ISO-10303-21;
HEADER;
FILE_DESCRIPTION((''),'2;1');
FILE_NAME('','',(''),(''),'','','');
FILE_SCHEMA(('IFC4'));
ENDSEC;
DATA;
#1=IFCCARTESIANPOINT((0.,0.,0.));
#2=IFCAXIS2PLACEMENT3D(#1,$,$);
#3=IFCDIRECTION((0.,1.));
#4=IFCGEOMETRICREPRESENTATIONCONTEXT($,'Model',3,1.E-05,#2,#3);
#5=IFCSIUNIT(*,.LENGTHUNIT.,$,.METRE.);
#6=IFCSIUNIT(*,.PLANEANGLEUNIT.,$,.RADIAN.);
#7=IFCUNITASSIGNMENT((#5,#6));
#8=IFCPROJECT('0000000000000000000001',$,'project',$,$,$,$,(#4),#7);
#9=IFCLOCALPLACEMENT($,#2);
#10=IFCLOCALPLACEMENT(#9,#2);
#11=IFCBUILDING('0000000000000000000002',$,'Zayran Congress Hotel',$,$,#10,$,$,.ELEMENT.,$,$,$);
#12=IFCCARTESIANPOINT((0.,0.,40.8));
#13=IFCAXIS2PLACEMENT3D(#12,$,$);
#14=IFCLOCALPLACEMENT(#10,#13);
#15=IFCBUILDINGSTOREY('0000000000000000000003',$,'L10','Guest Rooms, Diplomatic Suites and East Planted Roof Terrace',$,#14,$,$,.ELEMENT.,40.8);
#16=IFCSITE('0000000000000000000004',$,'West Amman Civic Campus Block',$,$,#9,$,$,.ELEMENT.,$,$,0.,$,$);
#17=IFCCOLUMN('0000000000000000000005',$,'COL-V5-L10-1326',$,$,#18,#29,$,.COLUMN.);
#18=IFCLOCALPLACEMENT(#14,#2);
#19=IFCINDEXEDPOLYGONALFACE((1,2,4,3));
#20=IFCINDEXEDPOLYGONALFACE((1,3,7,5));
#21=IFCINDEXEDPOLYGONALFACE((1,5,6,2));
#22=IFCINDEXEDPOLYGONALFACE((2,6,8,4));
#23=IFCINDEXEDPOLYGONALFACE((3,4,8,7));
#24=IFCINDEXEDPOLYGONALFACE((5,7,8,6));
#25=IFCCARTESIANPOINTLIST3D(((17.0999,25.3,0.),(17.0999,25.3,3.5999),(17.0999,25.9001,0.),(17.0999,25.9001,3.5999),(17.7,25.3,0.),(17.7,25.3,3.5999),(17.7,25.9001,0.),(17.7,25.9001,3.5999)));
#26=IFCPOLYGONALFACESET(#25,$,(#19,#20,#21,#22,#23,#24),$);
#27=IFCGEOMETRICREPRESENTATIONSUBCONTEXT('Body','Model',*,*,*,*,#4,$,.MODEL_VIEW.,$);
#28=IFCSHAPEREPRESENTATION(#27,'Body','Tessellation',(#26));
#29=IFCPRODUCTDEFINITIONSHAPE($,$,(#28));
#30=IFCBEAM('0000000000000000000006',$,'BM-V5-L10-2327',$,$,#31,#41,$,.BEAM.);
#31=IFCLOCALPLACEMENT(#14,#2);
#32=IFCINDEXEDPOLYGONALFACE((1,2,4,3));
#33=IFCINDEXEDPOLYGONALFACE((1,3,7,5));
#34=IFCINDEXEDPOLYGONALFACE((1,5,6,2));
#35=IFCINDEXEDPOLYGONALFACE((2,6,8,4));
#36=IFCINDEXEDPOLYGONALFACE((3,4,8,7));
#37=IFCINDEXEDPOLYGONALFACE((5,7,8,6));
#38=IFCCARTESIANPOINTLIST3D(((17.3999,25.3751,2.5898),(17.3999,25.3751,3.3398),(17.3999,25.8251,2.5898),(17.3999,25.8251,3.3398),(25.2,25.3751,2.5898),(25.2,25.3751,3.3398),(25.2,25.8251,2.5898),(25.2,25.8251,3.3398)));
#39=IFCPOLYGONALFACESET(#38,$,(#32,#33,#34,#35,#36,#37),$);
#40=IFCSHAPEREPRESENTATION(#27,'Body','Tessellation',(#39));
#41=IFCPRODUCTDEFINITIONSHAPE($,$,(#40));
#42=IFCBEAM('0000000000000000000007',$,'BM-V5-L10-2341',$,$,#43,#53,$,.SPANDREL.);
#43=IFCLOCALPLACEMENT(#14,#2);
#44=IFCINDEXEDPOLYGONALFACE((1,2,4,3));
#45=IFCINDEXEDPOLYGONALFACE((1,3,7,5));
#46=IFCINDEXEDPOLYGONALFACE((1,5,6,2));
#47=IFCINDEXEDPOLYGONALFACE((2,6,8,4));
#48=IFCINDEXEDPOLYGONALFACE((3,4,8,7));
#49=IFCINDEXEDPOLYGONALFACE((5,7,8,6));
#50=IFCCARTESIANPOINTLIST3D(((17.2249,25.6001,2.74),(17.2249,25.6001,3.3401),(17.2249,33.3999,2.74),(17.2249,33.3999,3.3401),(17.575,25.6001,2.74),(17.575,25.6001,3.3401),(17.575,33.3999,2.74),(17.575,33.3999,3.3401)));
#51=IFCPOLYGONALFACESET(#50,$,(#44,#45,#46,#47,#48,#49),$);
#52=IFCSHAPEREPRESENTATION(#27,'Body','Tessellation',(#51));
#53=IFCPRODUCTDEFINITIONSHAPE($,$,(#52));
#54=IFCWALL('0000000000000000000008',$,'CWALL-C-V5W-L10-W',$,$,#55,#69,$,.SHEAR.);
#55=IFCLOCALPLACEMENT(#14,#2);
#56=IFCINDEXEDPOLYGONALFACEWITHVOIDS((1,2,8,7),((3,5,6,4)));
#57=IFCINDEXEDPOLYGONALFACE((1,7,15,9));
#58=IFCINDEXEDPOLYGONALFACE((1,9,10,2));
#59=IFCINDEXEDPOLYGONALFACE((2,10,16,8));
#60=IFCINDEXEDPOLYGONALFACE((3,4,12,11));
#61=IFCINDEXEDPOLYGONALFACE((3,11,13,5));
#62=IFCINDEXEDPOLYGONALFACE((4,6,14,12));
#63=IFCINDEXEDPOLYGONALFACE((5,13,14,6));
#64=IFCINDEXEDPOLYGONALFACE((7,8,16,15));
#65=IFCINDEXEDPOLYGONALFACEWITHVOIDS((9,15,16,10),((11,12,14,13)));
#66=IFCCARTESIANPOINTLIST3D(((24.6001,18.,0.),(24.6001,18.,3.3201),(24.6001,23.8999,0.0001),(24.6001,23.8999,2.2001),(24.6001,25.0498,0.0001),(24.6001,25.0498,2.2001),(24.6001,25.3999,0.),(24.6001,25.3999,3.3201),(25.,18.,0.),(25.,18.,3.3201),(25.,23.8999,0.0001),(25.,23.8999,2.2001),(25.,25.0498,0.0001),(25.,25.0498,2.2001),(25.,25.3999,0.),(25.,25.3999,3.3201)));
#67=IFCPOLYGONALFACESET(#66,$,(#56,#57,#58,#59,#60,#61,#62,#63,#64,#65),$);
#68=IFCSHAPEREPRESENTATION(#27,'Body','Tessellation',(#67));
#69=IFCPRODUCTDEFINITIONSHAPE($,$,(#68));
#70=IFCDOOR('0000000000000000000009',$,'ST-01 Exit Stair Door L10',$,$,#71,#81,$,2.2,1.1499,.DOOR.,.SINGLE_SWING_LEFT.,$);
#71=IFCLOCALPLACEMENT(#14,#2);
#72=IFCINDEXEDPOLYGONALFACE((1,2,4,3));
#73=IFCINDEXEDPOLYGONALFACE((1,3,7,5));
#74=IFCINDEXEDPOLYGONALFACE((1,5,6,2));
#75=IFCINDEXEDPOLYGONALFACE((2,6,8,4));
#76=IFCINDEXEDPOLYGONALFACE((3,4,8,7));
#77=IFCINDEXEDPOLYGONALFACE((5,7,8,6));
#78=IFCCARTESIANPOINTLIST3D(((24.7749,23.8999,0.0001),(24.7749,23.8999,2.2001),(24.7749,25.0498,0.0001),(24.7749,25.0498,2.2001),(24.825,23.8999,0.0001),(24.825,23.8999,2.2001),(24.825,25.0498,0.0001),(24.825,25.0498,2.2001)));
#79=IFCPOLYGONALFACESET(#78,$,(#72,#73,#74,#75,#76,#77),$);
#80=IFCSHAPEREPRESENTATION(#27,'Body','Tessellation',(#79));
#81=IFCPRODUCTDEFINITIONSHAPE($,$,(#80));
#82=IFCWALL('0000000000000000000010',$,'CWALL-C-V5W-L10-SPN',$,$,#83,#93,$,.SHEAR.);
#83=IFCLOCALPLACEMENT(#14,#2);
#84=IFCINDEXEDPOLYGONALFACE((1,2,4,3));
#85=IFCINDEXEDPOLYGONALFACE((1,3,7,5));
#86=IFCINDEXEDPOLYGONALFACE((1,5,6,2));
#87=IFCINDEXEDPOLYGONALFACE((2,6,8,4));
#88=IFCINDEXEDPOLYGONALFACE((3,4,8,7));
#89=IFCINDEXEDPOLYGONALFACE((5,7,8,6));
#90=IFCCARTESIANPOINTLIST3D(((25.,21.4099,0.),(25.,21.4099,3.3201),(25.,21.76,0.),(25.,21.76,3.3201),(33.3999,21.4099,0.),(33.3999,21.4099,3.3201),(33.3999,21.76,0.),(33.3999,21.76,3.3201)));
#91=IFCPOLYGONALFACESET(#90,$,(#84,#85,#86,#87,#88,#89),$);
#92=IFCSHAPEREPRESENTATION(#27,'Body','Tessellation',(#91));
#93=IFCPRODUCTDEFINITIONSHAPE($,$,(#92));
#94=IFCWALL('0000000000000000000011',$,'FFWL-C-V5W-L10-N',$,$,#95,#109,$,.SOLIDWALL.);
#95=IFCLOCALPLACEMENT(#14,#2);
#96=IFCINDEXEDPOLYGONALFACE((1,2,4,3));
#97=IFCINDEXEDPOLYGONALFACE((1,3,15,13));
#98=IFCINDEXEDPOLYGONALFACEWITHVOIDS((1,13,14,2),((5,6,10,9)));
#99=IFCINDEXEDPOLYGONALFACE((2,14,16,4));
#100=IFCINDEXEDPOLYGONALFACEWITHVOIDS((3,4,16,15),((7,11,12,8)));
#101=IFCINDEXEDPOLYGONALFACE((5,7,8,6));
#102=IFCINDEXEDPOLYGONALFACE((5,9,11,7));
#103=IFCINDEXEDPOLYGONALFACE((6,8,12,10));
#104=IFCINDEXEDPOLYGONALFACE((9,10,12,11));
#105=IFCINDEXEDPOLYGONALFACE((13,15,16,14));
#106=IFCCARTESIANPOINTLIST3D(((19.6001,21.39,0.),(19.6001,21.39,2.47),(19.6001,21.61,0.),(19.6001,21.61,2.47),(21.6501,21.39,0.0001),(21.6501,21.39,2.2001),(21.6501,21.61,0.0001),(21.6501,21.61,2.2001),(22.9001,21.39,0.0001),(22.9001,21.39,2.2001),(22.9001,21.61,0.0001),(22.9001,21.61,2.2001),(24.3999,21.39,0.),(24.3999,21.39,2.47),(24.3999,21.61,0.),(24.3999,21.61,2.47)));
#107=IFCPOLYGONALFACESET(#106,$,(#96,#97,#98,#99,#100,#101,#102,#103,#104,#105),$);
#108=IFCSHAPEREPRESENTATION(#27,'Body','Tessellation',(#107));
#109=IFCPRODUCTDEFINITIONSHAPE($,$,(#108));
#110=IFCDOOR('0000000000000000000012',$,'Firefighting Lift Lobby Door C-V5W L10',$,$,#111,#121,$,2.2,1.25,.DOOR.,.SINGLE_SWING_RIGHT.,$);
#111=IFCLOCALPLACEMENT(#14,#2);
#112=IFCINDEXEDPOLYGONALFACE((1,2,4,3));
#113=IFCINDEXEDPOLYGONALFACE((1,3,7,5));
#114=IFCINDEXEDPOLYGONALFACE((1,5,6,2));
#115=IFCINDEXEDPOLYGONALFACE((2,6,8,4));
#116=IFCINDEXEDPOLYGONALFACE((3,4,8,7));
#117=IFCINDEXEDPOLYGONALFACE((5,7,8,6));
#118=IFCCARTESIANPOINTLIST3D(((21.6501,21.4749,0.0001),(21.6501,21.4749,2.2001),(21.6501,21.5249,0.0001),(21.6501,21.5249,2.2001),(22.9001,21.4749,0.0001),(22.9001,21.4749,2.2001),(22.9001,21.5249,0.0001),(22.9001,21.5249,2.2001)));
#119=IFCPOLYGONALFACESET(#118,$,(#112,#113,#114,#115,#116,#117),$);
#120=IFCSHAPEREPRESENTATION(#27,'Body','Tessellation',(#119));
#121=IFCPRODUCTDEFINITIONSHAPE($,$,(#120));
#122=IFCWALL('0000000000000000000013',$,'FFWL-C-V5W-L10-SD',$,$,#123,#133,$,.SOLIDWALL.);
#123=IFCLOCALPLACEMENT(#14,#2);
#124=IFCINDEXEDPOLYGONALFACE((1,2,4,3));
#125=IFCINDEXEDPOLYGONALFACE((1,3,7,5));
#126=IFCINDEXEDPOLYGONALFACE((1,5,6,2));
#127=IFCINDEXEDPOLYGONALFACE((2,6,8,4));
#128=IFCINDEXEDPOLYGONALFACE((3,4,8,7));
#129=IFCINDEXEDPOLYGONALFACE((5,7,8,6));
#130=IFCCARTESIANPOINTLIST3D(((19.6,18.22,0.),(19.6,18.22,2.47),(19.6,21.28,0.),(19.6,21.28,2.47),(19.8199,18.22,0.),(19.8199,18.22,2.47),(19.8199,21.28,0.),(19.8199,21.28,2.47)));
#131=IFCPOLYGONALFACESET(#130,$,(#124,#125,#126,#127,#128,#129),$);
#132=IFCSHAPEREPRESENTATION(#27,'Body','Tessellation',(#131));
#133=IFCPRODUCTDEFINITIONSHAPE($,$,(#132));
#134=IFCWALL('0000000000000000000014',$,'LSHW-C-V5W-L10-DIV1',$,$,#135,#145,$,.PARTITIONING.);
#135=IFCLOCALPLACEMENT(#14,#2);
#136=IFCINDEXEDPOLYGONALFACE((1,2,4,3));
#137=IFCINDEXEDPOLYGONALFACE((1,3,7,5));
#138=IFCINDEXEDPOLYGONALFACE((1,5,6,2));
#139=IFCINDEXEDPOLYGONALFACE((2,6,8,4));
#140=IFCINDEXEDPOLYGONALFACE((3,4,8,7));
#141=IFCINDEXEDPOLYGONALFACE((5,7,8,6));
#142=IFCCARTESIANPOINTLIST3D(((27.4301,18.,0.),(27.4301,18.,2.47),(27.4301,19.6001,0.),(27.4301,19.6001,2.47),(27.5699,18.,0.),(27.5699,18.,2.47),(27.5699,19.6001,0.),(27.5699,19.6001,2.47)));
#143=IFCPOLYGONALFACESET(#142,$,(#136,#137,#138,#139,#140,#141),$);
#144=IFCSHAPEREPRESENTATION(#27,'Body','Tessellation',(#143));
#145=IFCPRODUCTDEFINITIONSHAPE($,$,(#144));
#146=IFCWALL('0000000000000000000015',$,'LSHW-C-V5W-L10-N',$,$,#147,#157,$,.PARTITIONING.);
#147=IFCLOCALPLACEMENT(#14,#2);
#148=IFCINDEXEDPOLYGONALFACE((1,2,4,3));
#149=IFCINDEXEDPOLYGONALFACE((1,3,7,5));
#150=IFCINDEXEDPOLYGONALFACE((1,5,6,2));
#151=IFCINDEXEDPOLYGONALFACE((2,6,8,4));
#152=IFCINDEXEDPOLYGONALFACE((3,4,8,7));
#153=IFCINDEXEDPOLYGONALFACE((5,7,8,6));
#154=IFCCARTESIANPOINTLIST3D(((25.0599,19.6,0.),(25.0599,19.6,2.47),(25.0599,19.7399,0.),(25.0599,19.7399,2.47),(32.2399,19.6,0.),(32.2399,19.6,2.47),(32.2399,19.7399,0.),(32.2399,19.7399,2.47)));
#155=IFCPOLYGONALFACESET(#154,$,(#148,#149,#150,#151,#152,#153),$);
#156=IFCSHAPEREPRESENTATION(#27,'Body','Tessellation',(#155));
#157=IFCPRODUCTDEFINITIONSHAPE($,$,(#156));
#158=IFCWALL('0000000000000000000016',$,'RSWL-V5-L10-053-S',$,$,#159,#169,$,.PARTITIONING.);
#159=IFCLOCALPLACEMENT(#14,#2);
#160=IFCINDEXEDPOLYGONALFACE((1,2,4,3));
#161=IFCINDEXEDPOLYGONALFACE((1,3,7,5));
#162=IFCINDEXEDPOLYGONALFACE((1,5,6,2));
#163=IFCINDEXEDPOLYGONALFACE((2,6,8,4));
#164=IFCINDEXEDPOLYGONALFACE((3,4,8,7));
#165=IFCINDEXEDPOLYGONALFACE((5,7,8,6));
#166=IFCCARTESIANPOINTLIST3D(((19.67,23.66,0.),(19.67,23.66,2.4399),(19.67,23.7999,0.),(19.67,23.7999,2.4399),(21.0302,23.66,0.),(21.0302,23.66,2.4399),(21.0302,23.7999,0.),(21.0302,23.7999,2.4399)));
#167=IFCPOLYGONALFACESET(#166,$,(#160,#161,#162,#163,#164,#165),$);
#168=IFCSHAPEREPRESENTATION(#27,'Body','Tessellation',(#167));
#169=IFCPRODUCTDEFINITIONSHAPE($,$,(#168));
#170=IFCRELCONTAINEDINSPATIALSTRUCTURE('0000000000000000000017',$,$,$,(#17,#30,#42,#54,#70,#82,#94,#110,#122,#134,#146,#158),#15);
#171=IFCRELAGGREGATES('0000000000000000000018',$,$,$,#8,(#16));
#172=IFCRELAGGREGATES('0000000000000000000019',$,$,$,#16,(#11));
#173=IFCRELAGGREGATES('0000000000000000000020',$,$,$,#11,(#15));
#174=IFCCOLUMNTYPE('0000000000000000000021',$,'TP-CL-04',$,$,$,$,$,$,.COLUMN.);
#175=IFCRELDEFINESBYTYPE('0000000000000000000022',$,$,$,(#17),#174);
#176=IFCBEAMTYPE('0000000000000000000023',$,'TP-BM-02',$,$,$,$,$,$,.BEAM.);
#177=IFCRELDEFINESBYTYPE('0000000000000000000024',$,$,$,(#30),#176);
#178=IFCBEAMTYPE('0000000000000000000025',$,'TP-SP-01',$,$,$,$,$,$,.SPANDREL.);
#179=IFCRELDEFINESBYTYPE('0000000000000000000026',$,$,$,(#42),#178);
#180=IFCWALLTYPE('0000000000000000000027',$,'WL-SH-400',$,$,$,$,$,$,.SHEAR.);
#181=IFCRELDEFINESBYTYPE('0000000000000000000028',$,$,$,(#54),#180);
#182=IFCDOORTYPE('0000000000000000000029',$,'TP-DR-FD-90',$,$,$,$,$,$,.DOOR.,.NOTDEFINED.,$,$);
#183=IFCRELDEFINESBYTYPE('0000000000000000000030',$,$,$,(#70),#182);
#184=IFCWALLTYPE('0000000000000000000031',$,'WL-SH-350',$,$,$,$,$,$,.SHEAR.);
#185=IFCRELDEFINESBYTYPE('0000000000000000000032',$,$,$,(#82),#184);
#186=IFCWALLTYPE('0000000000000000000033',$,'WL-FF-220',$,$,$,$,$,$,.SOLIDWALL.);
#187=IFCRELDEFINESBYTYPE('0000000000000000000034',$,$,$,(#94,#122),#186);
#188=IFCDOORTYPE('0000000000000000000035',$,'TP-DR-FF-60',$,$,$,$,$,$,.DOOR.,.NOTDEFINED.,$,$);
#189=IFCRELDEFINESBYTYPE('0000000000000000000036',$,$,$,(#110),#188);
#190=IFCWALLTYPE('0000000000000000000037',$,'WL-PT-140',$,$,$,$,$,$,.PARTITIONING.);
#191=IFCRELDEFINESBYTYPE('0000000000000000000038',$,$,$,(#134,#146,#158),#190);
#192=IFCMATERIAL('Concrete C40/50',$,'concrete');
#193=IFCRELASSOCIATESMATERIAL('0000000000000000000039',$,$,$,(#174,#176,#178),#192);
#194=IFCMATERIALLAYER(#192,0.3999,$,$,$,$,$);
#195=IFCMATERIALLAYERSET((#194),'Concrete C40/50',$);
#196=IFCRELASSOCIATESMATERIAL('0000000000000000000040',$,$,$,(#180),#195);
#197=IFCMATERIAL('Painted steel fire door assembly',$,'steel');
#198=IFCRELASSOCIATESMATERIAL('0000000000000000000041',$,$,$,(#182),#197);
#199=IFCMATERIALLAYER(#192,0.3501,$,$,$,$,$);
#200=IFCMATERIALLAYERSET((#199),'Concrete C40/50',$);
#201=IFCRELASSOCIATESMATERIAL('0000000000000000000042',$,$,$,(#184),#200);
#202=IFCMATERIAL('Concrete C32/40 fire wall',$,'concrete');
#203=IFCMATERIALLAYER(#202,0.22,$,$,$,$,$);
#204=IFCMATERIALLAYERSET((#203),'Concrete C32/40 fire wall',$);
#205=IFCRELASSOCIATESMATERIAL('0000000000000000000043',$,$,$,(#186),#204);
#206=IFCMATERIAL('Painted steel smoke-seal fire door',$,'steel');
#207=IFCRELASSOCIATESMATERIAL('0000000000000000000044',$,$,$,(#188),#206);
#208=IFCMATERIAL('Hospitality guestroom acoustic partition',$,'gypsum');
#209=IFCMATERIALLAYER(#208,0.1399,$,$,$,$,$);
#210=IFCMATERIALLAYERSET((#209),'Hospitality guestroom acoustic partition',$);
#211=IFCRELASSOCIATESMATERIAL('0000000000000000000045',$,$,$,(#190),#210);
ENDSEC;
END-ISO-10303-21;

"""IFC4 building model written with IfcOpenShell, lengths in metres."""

from ifc_helpers import new_model, si_unit, direction, frame, frame_2d, origin, origin_2d, place, context, subcontext, project, spatial, rectangle, extrude, material, layer, layer_set, material_profile, profile_set, type_object, element, fill, save


model = new_model("IFC4")

# Units and contexts
model_context = context("Model", 3, precision=1e-05, world=origin(), true_north=direction((0.0, 1.0)))
body_context = subcontext(model_context, "Body", "Model", "MODEL_VIEW")
ifc_project = project(units=[si_unit("LENGTHUNIT", "METRE"), si_unit("PLANEANGLEUNIT", "RADIAN")], contexts=[model_context])

# Site, building, storey
site_placement = place(None, origin())
site = spatial("IfcSite", under=ifc_project, at=site_placement, Name="West Amman Civic Campus Block", CompositionType="ELEMENT", RefElevation=0.0)
building_placement = place(site_placement, origin())
building = spatial("IfcBuilding", under=site, at=building_placement, Name="Zayran Congress Hotel", CompositionType="ELEMENT")
storey_placement = place(building_placement, frame((0.0, 0.0, 40.8)))
storey = spatial("IfcBuildingStorey", under=building, at=storey_placement, Name="L10", Description="Guest Rooms, Diplomatic Suites and East Planted Roof Terrace", CompositionType="ELEMENT", Elevation=40.8)

# Column
ifc_material_1 = material(Name="Concrete C40/50", Category="concrete")
ifc_material_profile_1 = material_profile(ifc_material_1, rectangle(XDim=0.6001, YDim=0.6001, at=origin_2d()), Name="RC 600x600")
ifc_profile_set_1 = profile_set([ifc_material_profile_1], Name="Concrete C40/50")
column_type = type_object("IfcColumnType", Name="TP-CL-04", PredefinedType="COLUMN", material=ifc_profile_set_1)
column_placement = place(storey_placement, frame((17.3999, 25.6001, 0.0), z_axis=(0.0, 0.0, 1.0), x_axis=(1.0, 0.0, 0.0)))
element("IfcColumn", 1, at=column_placement, inside=storey, type_object=column_type, Name="COL-V5-L10-1326", PredefinedType="COLUMN", context=body_context, shape_type="SweptSolid", body=[
    extrude(rectangle(XDim=0.6001, YDim=0.6001, at=origin_2d()), origin(), (0.0, 0.0, 1.0), 3.5999),
])

# Beams
ifc_material_profile_2 = material_profile(ifc_material_1, rectangle(XDim=0.45, YDim=0.75, at=origin_2d()), Name="RC 450x750")
ifc_profile_set_2 = profile_set([ifc_material_profile_2], Name="Concrete C40/50")
beam_type_1 = type_object("IfcBeamType", Name="TP-BM-02", PredefinedType="BEAM", material=ifc_profile_set_2)
beam_1_placement = place(storey_placement, frame((17.3999, 25.6001, 2.9648), z_axis=(1.0, 0.0, 0.0), x_axis=(0.0, 1.0, 0.0)))
element("IfcBeam", 2, at=beam_1_placement, inside=storey, type_object=beam_type_1, Name="BM-V5-L10-2327", PredefinedType="BEAM", context=body_context, shape_type="SweptSolid", body=[
    extrude(rectangle(XDim=0.45, YDim=0.75, at=origin_2d()), origin(), (0.0, 0.0, 1.0), 7.8),
])
ifc_material_profile_3 = material_profile(ifc_material_1, rectangle(XDim=0.3501, YDim=0.6001, at=origin_2d()), Name="RC 350x600")
ifc_profile_set_3 = profile_set([ifc_material_profile_3], Name="Concrete C40/50")
beam_type_2 = type_object("IfcBeamType", Name="TP-SP-01", PredefinedType="SPANDREL", material=ifc_profile_set_3)
beam_2_placement = place(storey_placement, frame((17.3999, 25.6001, 3.04), z_axis=(0.0, 1.0, 0.0), x_axis=(-1.0, 0.0, 0.0)))
element("IfcBeam", 3, at=beam_2_placement, inside=storey, type_object=beam_type_2, Name="BM-V5-L10-2341", PredefinedType="SPANDREL", context=body_context, shape_type="SweptSolid", body=[
    extrude(rectangle(XDim=0.3501, YDim=0.6001, at=origin_2d()), origin(), (0.0, 0.0, 1.0), 7.7998),
])

# Wall, opening, door
ifc_layer_1 = layer(ifc_material_1, 0.3999)
ifc_layer_set_1 = layer_set([ifc_layer_1], Name="Concrete C40/50")
wall_type_1 = type_object("IfcWallType", Name="WL-SH-400", PredefinedType="SHEAR", material=ifc_layer_set_1)
wall_1_placement = place(storey_placement, frame((24.8, 25.3999, 0.0), z_axis=(0.0, 0.0, 1.0), x_axis=(0.0, -1.0, 0.0)))
wall_1 = element("IfcWall", 4, at=wall_1_placement, inside=storey, type_object=wall_type_1, Name="CWALL-C-V5W-L10-W", PredefinedType="SHEAR", context=body_context, shape_type="SweptSolid", body=[
    extrude(rectangle(XDim=7.3999, YDim=0.3999, at=frame_2d((3.7, 0.0))), origin(), (0.0, 0.0, 1.0), 3.3201),
])
opening_1_placement = place(wall_1_placement, frame((0.3501, 0.0, 0.0)))
opening_1 = element("IfcOpeningElement", 5, at=opening_1_placement, cuts=wall_1, PredefinedType="OPENING", context=body_context, shape_type="SweptSolid", body=[
    extrude(rectangle(XDim=1.1499, YDim=2.2, at=frame_2d((0.575, 1.1001))), frame((0.0, 0.21, 0.0), z_axis=(0.0, -1.0, 0.0), x_axis=(1.0, 0.0, 0.0)), (0.0, 0.0, 1.0), 0.4199),
])
ifc_material_2 = material(Name="Painted steel fire door assembly", Category="steel")
door_type_1 = type_object("IfcDoorType", Name="TP-DR-FD-90", OperationType="NOTDEFINED", PredefinedType="DOOR", material=ifc_material_2)
door_1_placement = place(opening_1_placement, origin())
door_1 = element("IfcDoor", 6, at=door_1_placement, inside=storey, type_object=door_type_1, Name="ST-01 Exit Stair Door L10", OperationType="SINGLE_SWING_LEFT", OverallHeight=2.2, OverallWidth=1.1499, PredefinedType="DOOR", context=body_context, shape_type="SweptSolid", body=[
    extrude(rectangle(XDim=1.1499, YDim=2.2, at=frame_2d((0.575, 1.1001))), frame((0.0, 0.0249, 0.0), z_axis=(0.0, -1.0, 0.0), x_axis=(1.0, 0.0, 0.0)), (0.0, 0.0, 1.0), 0.05),
])
fill(opening_1, door_1)

# Wall
ifc_layer_2 = layer(ifc_material_1, 0.3501)
ifc_layer_set_2 = layer_set([ifc_layer_2], Name="Concrete C40/50")
wall_type_2 = type_object("IfcWallType", Name="WL-SH-350", PredefinedType="SHEAR", material=ifc_layer_set_2)
wall_2_placement = place(storey_placement, frame((25.0, 21.585, 0.0), z_axis=(0.0, 0.0, 1.0), x_axis=(1.0, 0.0, 0.0)))
element("IfcWall", 7, at=wall_2_placement, inside=storey, type_object=wall_type_2, Name="CWALL-C-V5W-L10-SPN", PredefinedType="SHEAR", context=body_context, shape_type="SweptSolid", body=[
    extrude(rectangle(XDim=8.3999, YDim=0.3501, at=frame_2d((4.2, 0.0))), origin(), (0.0, 0.0, 1.0), 3.3201),
])

# Wall, opening, door
ifc_material_3 = material(Name="Concrete C32/40 fire wall", Category="concrete")
ifc_layer_3 = layer(ifc_material_3, 0.22)
ifc_layer_set_3 = layer_set([ifc_layer_3], Name="Concrete C32/40 fire wall")
wall_type_3 = type_object("IfcWallType", Name="WL-FF-220", PredefinedType="SOLIDWALL", material=ifc_layer_set_3)
wall_3_placement = place(storey_placement, frame((19.6001, 21.5, 0.0), z_axis=(0.0, 0.0, 1.0), x_axis=(1.0, 0.0, 0.0)))
wall_3 = element("IfcWall", 8, at=wall_3_placement, inside=storey, type_object=wall_type_3, Name="FFWL-C-V5W-L10-N", PredefinedType="SOLIDWALL", context=body_context, shape_type="SweptSolid", body=[
    extrude(rectangle(XDim=4.7998, YDim=0.22, at=frame_2d((2.3999, 0.0))), origin(), (0.0, 0.0, 1.0), 2.47),
])
opening_2_placement = place(wall_3_placement, frame((2.05, 0.0, 0.0)))
opening_2 = element("IfcOpeningElement", 9, at=opening_2_placement, cuts=wall_3, PredefinedType="OPENING", context=body_context, shape_type="SweptSolid", body=[
    extrude(rectangle(XDim=1.25, YDim=2.2, at=frame_2d((0.625, 1.1001))), frame((0.0, 0.1199, 0.0), z_axis=(0.0, -1.0, 0.0), x_axis=(1.0, 0.0, 0.0)), (0.0, 0.0, 1.0), 0.24),
])
ifc_material_4 = material(Name="Painted steel smoke-seal fire door", Category="steel")
door_type_2 = type_object("IfcDoorType", Name="TP-DR-FF-60", OperationType="NOTDEFINED", PredefinedType="DOOR", material=ifc_material_4)
door_2_placement = place(opening_2_placement, origin())
door_2 = element("IfcDoor", 10, at=door_2_placement, inside=storey, type_object=door_type_2, Name="Firefighting Lift Lobby Door C-V5W L10", OperationType="SINGLE_SWING_RIGHT", OverallHeight=2.2, OverallWidth=1.25, PredefinedType="DOOR", context=body_context, shape_type="SweptSolid", body=[
    extrude(rectangle(XDim=1.25, YDim=2.2, at=frame_2d((0.625, 1.1001))), frame((0.0, 0.0249, 0.0), z_axis=(0.0, -1.0, 0.0), x_axis=(1.0, 0.0, 0.0)), (0.0, 0.0, 1.0), 0.05),
])
fill(opening_2, door_2)

# Walls
wall_4_placement = place(storey_placement, frame((19.71, 18.22, 0.0), z_axis=(0.0, 0.0, 1.0), x_axis=(0.0, 1.0, 0.0)))
element("IfcWall", 11, at=wall_4_placement, inside=storey, type_object=wall_type_3, Name="FFWL-C-V5W-L10-SD", PredefinedType="SOLIDWALL", context=body_context, shape_type="SweptSolid", body=[
    extrude(rectangle(XDim=3.0601, YDim=0.22, at=frame_2d((1.53, 0.0))), origin(), (0.0, 0.0, 1.0), 2.47),
])
ifc_material_5 = material(Name="Hospitality guestroom acoustic partition", Category="gypsum")
ifc_layer_4 = layer(ifc_material_5, 0.1399)
ifc_layer_set_4 = layer_set([ifc_layer_4], Name="Hospitality guestroom acoustic partition")
wall_type_4 = type_object("IfcWallType", Name="WL-PT-140", PredefinedType="PARTITIONING", material=ifc_layer_set_4)
wall_5_placement = place(storey_placement, frame((27.5, 18.0, 0.0), z_axis=(0.0, 0.0, 1.0), x_axis=(0.0, 1.0, 0.0)))
element("IfcWall", 12, at=wall_5_placement, inside=storey, type_object=wall_type_4, Name="LSHW-C-V5W-L10-DIV1", PredefinedType="PARTITIONING", context=body_context, shape_type="SweptSolid", body=[
    extrude(rectangle(XDim=1.6001, YDim=0.1399, at=frame_2d((0.8, 0.0))), origin(), (0.0, 0.0, 1.0), 2.47),
])
wall_6_placement = place(storey_placement, frame((25.0601, 19.6699, 0.0), z_axis=(0.0, 0.0, 1.0), x_axis=(1.0, 0.0, 0.0)))
element("IfcWall", 13, at=wall_6_placement, inside=storey, type_object=wall_type_4, Name="LSHW-C-V5W-L10-N", PredefinedType="PARTITIONING", context=body_context, shape_type="SweptSolid", body=[
    extrude(rectangle(XDim=7.1799, YDim=0.1399, at=frame_2d((3.5898, 0.0))), origin(), (0.0, 0.0, 1.0), 2.47),
])
for number, where, z_axis, x_axis, name in (
    (14, (19.6699, 23.73, 0.0), (0.0, 0.0, 1.0), (1.0, 0.0, 0.0), "RSWL-V5-L10-053-S"),
):
    element("IfcWall", number, at=place(storey_placement, frame(where, z_axis=z_axis, x_axis=x_axis)), inside=storey, type_object=wall_type_4, Name=name, PredefinedType="PARTITIONING", context=body_context, shape_type="SweptSolid", body=[
        extrude(rectangle(XDim=1.3601, YDim=0.1399, at=frame_2d((0.6802, 0.0))), origin(), (0.0, 0.0, 1.0), 2.4399),
    ])

save(model, "model.ifc")
